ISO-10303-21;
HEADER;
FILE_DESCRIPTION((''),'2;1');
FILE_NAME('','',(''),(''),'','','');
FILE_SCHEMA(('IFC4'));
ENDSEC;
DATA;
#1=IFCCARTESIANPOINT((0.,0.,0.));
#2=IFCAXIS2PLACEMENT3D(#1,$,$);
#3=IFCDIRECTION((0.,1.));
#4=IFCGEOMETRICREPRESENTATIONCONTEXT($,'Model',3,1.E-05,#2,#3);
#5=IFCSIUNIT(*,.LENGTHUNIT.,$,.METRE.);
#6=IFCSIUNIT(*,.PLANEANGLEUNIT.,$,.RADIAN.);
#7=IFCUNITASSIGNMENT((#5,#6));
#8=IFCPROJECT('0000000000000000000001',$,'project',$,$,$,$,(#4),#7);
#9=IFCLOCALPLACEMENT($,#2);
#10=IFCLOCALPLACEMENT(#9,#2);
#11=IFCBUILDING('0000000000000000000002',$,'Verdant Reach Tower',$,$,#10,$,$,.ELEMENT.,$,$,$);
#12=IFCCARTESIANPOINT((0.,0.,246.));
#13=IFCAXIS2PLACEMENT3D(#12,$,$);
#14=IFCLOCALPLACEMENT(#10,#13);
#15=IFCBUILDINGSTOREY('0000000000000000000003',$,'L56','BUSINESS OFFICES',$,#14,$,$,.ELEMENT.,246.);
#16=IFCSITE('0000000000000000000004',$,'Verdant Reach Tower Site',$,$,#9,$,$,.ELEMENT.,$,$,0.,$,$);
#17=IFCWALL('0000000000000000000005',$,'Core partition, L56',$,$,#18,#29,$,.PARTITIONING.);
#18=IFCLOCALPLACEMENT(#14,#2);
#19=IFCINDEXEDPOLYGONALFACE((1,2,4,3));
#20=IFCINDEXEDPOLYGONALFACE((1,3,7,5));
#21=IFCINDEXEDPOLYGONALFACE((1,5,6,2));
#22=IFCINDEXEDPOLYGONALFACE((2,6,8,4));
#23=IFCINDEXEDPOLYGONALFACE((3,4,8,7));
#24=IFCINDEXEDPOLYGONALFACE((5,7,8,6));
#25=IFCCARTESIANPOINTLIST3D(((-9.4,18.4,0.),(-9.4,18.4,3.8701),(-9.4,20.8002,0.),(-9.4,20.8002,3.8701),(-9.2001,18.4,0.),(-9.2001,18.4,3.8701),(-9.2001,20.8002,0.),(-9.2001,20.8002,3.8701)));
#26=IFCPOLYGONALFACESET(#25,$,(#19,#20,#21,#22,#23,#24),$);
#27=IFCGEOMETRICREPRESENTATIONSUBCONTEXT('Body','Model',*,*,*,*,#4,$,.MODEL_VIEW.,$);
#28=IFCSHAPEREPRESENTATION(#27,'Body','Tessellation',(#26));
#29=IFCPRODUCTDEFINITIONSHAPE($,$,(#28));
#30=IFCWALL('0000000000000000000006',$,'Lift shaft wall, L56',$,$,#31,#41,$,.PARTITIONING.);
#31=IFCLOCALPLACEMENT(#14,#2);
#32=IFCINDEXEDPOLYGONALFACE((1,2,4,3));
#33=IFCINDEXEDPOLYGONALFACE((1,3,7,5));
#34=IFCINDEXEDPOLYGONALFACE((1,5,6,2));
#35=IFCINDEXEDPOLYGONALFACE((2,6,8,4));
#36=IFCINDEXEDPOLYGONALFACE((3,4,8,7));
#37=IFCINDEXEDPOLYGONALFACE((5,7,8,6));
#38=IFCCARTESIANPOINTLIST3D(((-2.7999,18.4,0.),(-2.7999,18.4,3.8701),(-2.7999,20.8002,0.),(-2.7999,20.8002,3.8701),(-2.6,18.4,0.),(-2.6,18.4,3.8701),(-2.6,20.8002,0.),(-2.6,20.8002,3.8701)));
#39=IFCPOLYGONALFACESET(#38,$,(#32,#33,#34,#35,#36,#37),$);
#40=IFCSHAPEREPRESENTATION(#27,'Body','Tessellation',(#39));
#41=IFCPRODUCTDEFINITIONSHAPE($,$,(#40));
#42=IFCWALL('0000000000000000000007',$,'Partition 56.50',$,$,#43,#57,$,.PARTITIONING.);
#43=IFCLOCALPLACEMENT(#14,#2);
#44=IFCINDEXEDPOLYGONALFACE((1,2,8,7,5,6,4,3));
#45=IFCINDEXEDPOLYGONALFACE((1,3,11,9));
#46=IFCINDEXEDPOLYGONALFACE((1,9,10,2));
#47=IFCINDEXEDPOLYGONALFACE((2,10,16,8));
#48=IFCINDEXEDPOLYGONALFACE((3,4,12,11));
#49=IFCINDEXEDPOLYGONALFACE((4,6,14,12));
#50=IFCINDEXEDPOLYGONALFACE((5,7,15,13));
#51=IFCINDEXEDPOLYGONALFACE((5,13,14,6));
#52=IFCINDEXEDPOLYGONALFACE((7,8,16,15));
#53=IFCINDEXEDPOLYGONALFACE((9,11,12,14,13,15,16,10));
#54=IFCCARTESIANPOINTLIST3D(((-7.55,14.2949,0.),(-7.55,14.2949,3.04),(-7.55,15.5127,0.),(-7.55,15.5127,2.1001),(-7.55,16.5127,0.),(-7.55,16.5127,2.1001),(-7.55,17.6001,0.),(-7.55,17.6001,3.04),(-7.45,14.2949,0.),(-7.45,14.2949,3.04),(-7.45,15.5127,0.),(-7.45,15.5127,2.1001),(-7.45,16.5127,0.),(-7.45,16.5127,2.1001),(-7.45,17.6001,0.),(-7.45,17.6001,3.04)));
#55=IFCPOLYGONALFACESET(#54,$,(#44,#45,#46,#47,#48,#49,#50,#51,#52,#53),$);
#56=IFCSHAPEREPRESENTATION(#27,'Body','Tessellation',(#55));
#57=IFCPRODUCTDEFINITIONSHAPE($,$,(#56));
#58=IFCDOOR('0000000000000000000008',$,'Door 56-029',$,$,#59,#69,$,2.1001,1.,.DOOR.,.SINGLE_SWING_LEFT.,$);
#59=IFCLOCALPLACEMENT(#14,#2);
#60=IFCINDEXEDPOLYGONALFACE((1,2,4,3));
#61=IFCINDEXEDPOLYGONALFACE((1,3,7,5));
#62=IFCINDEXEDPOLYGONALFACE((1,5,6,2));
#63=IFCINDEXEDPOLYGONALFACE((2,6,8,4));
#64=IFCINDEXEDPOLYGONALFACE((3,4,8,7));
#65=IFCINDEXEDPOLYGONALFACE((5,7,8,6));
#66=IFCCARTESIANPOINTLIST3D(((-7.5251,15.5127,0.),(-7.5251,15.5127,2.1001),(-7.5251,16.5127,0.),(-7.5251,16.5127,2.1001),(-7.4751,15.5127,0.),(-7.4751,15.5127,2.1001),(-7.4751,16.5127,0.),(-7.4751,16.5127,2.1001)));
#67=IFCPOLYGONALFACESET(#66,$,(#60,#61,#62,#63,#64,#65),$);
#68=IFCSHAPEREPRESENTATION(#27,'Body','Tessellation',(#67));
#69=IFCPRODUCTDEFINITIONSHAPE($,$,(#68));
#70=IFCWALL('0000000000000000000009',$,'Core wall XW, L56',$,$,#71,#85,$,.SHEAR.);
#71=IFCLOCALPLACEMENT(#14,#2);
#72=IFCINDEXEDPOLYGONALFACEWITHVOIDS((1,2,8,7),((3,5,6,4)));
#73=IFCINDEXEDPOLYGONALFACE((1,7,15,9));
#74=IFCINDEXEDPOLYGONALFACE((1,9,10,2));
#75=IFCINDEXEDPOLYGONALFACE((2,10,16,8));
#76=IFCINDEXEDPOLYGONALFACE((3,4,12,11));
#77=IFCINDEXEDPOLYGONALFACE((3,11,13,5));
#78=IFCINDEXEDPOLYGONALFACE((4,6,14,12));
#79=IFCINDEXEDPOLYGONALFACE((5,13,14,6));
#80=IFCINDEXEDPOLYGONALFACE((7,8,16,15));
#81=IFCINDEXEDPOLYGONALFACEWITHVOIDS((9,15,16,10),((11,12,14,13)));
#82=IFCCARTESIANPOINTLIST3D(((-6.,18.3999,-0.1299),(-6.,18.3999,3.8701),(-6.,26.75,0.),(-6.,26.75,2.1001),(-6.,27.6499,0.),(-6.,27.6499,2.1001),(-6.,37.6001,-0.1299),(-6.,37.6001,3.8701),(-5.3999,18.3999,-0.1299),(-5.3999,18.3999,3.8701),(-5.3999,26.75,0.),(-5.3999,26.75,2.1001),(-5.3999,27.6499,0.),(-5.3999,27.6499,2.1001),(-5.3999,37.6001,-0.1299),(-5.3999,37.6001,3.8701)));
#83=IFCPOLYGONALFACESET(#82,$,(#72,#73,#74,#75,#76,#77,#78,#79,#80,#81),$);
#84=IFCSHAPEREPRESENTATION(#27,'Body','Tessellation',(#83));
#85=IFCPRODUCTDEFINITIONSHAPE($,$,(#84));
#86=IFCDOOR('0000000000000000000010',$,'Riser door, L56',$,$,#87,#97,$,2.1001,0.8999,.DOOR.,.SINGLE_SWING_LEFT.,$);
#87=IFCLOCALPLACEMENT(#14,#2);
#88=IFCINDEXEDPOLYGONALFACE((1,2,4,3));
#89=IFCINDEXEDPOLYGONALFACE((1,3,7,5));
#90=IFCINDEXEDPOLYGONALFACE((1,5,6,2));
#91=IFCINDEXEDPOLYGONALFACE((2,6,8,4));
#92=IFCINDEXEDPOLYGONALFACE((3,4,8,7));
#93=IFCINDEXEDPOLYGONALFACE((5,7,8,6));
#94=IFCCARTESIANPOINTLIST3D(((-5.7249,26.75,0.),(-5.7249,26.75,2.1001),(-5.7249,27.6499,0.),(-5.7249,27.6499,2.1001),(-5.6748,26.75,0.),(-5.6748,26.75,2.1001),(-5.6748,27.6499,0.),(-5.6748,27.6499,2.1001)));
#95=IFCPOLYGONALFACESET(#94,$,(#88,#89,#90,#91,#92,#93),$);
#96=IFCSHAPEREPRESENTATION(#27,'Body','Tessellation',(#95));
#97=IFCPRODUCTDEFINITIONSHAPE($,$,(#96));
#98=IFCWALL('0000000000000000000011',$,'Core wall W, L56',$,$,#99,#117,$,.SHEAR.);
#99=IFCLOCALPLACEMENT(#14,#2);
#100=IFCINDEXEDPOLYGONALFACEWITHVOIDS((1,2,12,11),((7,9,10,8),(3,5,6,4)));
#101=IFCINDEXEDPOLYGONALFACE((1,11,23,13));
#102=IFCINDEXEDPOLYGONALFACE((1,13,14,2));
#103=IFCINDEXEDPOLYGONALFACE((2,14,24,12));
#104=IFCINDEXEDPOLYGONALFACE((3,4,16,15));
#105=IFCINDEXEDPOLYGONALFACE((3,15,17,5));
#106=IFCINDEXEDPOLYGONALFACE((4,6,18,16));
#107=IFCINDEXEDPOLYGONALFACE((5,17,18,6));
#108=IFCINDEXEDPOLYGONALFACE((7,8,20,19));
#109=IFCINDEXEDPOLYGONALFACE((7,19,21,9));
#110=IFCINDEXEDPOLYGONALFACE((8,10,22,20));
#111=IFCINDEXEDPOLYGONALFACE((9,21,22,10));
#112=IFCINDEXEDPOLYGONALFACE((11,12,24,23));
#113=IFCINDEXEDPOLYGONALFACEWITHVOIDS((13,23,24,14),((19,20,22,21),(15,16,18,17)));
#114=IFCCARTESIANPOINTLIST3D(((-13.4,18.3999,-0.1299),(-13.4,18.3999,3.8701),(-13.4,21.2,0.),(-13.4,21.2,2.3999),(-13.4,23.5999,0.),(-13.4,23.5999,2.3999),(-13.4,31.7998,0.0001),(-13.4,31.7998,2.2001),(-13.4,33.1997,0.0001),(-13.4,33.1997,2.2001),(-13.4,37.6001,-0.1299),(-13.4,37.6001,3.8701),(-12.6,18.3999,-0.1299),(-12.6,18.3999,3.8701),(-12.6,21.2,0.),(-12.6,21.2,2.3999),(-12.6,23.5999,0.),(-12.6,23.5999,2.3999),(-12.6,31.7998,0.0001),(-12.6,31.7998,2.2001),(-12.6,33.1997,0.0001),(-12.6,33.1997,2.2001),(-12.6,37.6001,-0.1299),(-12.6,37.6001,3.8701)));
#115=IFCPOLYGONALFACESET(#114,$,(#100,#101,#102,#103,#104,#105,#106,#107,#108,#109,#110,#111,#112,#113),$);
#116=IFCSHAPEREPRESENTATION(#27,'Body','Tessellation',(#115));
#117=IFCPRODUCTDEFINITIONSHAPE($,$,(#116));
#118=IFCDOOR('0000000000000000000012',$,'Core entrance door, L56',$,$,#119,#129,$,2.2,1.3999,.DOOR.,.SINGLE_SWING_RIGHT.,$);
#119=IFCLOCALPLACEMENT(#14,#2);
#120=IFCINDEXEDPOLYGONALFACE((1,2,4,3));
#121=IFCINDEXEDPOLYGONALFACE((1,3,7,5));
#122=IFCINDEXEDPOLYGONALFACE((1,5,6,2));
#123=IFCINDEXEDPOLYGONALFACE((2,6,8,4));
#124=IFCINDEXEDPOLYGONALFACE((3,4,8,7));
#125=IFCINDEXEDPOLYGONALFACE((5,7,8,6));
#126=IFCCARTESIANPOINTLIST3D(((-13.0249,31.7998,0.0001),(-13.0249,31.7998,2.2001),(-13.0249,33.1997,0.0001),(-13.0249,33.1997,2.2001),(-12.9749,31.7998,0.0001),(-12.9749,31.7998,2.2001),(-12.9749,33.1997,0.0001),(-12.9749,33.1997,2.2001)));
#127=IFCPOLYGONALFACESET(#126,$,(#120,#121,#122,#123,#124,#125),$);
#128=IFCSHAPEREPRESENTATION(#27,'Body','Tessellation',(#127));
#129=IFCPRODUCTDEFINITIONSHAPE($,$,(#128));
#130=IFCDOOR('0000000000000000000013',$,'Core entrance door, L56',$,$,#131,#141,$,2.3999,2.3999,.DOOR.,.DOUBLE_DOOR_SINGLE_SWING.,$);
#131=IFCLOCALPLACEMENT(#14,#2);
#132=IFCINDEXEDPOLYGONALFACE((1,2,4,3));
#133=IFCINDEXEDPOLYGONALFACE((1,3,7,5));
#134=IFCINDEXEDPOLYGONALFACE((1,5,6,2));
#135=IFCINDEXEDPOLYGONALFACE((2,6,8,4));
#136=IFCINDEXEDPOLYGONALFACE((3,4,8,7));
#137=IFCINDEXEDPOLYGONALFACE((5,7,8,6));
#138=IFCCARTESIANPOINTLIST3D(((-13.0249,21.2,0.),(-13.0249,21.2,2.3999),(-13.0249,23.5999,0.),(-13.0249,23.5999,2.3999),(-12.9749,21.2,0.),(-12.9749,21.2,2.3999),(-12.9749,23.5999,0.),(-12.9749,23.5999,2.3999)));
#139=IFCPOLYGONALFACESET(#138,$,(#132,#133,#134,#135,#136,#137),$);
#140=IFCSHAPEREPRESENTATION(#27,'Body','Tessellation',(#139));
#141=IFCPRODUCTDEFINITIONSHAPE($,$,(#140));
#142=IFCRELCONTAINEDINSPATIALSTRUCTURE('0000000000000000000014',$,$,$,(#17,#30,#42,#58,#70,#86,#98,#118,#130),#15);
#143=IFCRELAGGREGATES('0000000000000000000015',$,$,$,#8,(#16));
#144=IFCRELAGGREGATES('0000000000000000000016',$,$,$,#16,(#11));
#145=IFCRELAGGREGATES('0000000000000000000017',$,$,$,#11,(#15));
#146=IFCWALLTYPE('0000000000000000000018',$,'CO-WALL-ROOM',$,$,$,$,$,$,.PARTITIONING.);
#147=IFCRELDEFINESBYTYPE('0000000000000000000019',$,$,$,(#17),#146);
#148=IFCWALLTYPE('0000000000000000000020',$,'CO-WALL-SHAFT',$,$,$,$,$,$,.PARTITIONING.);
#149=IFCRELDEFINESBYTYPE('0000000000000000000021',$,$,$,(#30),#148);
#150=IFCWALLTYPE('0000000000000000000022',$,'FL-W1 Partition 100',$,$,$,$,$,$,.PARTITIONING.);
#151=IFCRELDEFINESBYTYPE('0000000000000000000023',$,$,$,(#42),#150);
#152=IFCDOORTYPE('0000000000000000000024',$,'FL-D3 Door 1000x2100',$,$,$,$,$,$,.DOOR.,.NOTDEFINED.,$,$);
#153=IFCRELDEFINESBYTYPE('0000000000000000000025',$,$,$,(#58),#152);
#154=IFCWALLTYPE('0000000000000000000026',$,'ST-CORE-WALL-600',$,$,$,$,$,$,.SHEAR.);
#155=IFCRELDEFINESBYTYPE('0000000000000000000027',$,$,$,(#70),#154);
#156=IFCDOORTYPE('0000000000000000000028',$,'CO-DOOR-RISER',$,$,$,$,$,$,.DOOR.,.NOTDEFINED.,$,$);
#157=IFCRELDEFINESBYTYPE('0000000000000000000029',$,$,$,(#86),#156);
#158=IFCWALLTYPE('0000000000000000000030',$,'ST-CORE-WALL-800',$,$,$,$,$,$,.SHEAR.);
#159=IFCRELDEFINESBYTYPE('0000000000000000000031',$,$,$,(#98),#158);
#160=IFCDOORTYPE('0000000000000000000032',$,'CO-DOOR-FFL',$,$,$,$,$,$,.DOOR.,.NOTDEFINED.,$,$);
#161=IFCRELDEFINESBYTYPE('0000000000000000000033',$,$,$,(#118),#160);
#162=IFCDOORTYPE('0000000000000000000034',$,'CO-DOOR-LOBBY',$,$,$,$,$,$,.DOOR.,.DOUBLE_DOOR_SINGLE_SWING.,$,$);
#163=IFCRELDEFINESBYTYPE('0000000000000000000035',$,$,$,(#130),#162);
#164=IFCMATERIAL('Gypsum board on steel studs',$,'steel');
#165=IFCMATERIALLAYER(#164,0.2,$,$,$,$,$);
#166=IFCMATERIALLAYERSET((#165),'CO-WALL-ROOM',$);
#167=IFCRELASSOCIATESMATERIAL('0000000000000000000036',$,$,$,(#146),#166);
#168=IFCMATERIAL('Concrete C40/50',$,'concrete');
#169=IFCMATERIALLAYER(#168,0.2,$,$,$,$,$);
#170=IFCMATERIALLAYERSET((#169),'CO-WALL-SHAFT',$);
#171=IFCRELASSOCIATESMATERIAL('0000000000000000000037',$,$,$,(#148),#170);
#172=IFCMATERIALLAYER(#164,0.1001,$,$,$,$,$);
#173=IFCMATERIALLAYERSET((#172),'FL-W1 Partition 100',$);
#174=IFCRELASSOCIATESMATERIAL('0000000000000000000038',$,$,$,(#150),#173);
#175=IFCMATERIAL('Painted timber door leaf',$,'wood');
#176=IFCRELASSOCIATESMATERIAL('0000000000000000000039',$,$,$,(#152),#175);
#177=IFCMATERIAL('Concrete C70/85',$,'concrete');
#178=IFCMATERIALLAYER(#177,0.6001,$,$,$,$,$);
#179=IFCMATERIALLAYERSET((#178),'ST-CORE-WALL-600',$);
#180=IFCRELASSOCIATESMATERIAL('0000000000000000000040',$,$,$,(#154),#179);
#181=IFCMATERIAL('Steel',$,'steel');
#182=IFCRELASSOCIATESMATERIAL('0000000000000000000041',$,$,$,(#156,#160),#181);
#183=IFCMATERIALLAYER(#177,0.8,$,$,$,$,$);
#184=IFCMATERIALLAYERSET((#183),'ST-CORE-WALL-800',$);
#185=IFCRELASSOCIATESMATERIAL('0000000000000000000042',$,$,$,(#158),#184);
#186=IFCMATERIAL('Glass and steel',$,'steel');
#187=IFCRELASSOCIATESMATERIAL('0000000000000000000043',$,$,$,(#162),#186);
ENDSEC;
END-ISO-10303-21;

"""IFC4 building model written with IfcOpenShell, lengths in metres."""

from ifc_helpers import new_model, si_unit, direction, frame, frame_2d, origin, place, context, subcontext, project, spatial, rectangle, extrude, material, layer, layer_set, type_object, element, fill, save


model = new_model("IFC4")

# Units and contexts
model_context = context("Model", 3, precision=1e-05, world=origin(), true_north=direction((0.0, 1.0)))
body_context = subcontext(model_context, "Body", "Model", "MODEL_VIEW")
ifc_project = project(units=[si_unit("LENGTHUNIT", "METRE"), si_unit("PLANEANGLEUNIT", "RADIAN")], contexts=[model_context])

# Site, building, storey
site_placement = place(None, origin())
site = spatial("IfcSite", under=ifc_project, at=site_placement, Name="Verdant Reach Tower Site", CompositionType="ELEMENT", RefElevation=0.0)
building_placement = place(site_placement, origin())
building = spatial("IfcBuilding", under=site, at=building_placement, Name="Verdant Reach Tower", CompositionType="ELEMENT")
storey_placement = place(building_placement, frame((0.0, 0.0, 246.0)))
storey = spatial("IfcBuildingStorey", under=building, at=storey_placement, Name="L56", Description="BUSINESS OFFICES", CompositionType="ELEMENT", Elevation=246.0)

# Shared definitions
ifc_material_1 = material(Name="Gypsum board on steel studs", Category="steel")
ifc_layer_1 = layer(ifc_material_1, 0.2)
ifc_layer_set_1 = layer_set([ifc_layer_1], Name="CO-WALL-ROOM")
wall_type_1 = type_object("IfcWallType", Name="CO-WALL-ROOM", PredefinedType="PARTITIONING", material=ifc_layer_set_1)

# Walls
wall_1_placement = place(storey_placement, frame((-9.3, 18.3999, 0.0), z_axis=(0.0, 0.0, 1.0), x_axis=(0.0, 1.0, 0.0)))
element("IfcWall", 1, at=wall_1_placement, inside=storey, type_object=wall_type_1, Name="Core partition, L56", PredefinedType="PARTITIONING", context=body_context, shape_type="SweptSolid", body=[
    extrude(rectangle(XDim=2.4001, YDim=0.2, at=frame_2d((1.2002, 0.0))), origin(), (0.0, 0.0, 1.0), 3.8701),
])
ifc_material_2 = material(Name="Concrete C40/50", Category="concrete")
ifc_layer_2 = layer(ifc_material_2, 0.2)
ifc_layer_set_2 = layer_set([ifc_layer_2], Name="CO-WALL-SHAFT")
wall_type_2 = type_object("IfcWallType", Name="CO-WALL-SHAFT", PredefinedType="PARTITIONING", material=ifc_layer_set_2)
wall_2_placement = place(storey_placement, frame((-2.7, 18.3999, 0.0), z_axis=(0.0, 0.0, 1.0), x_axis=(0.0, 1.0, 0.0)))
element("IfcWall", 2, at=wall_2_placement, inside=storey, type_object=wall_type_2, Name="Lift shaft wall, L56", PredefinedType="PARTITIONING", context=body_context, shape_type="SweptSolid", body=[
    extrude(rectangle(XDim=2.4001, YDim=0.2, at=frame_2d((1.2002, 0.0))), origin(), (0.0, 0.0, 1.0), 3.8701),
])

# Walls, openings, doors
ifc_layer_3 = layer(ifc_material_1, 0.1001)
ifc_layer_set_3 = layer_set([ifc_layer_3], Name="FL-W1 Partition 100")
wall_type_3 = type_object("IfcWallType", Name="FL-W1 Partition 100", PredefinedType="PARTITIONING", material=ifc_layer_set_3)
wall_3_placement = place(storey_placement, frame((-7.5, 17.6001, 0.0), z_axis=(0.0, 0.0, 1.0), x_axis=(0.0, -1.0, 0.0)))
wall_3 = element("IfcWall", 3, at=wall_3_placement, inside=storey, type_object=wall_type_3, Name="Partition 56.50", PredefinedType="PARTITIONING", context=body_context, shape_type="SweptSolid", body=[
    extrude(rectangle(XDim=3.3052, YDim=0.1001, at=frame_2d((1.6526, 0.0))), origin(), (0.0, 0.0, 1.0), 3.04),
])
opening_1_placement = place(wall_3_placement, frame((1.0874, 0.0, 0.0)))
opening_1 = element("IfcOpeningElement", 4, at=opening_1_placement, cuts=wall_3, PredefinedType="OPENING", context=body_context, shape_type="SweptSolid", body=[
    extrude(rectangle(XDim=1.0, YDim=2.1001, at=frame_2d((0.5, 1.05))), frame((0.0, 0.0601, 0.0), z_axis=(0.0, -1.0, 0.0), x_axis=(1.0, 0.0, 0.0)), (0.0, 0.0, 1.0), 0.1201),
])
ifc_material_3 = material(Name="Painted timber door leaf", Category="wood")
door_type_1 = type_object("IfcDoorType", Name="FL-D3 Door 1000x2100", OperationType="NOTDEFINED", PredefinedType="DOOR", material=ifc_material_3)
door_1_placement = place(opening_1_placement, origin())
door_1 = element("IfcDoor", 5, at=door_1_placement, inside=storey, type_object=door_type_1, Name="Door 56-029", OperationType="SINGLE_SWING_LEFT", OverallHeight=2.1001, OverallWidth=1.0, PredefinedType="DOOR", context=body_context, shape_type="SweptSolid", body=[
    extrude(rectangle(XDim=1.0, YDim=2.1001, at=frame_2d((0.5, 1.05))), frame((0.0, 0.0249, 0.0), z_axis=(0.0, -1.0, 0.0), x_axis=(1.0, 0.0, 0.0)), (0.0, 0.0, 1.0), 0.05),
])
fill(opening_1, door_1)
ifc_material_4 = material(Name="Concrete C70/85", Category="concrete")
ifc_layer_4 = layer(ifc_material_4, 0.6001)
ifc_layer_set_4 = layer_set([ifc_layer_4], Name="ST-CORE-WALL-600")
wall_type_4 = type_object("IfcWallType", Name="ST-CORE-WALL-600", PredefinedType="SHEAR", material=ifc_layer_set_4)
wall_4_placement = place(storey_placement, frame((-5.7, 18.3999, -0.1299), z_axis=(0.0, 0.0, 1.0), x_axis=(0.0, 1.0, 0.0)))
wall_4 = element("IfcWall", 6, at=wall_4_placement, inside=storey, type_object=wall_type_4, Name="Core wall XW, L56", PredefinedType="SHEAR", context=body_context, shape_type="SweptSolid", body=[
    extrude(rectangle(XDim=19.2002, YDim=0.6001, at=frame_2d((9.6001, 0.0))), origin(), (0.0, 0.0, 1.0), 4.0),
])
opening_2_placement = place(wall_4_placement, frame((8.3501, 0.0, 0.1299)))
opening_2 = element("IfcOpeningElement", 7, at=opening_2_placement, cuts=wall_4, PredefinedType="OPENING", context=body_context, shape_type="SweptSolid", body=[
    extrude(rectangle(XDim=0.8999, YDim=2.1001, at=frame_2d((0.45, 1.05))), frame((0.0, 0.3101, 0.0), z_axis=(0.0, -1.0, 0.0), x_axis=(1.0, 0.0, 0.0)), (0.0, 0.0, 1.0), 0.6201),
])
ifc_material_5 = material(Name="Steel", Category="steel")
door_type_2 = type_object("IfcDoorType", Name="CO-DOOR-RISER", OperationType="NOTDEFINED", PredefinedType="DOOR", material=ifc_material_5)
door_2_placement = place(opening_2_placement, origin())
door_2 = element("IfcDoor", 8, at=door_2_placement, inside=storey, type_object=door_type_2, Name="Riser door, L56", OperationType="SINGLE_SWING_LEFT", OverallHeight=2.1001, OverallWidth=0.8999, PredefinedType="DOOR", context=body_context, shape_type="SweptSolid", body=[
    extrude(rectangle(XDim=0.8999, YDim=2.1001, at=frame_2d((0.45, 1.05))), frame((0.0, 0.0249, 0.0), z_axis=(0.0, -1.0, 0.0), x_axis=(1.0, 0.0, 0.0)), (0.0, 0.0, 1.0), 0.05),
])
fill(opening_2, door_2)

# Wall, openings, doors
ifc_layer_5 = layer(ifc_material_4, 0.8)
ifc_layer_set_5 = layer_set([ifc_layer_5], Name="ST-CORE-WALL-800")
wall_type_5 = type_object("IfcWallType", Name="ST-CORE-WALL-800", PredefinedType="SHEAR", material=ifc_layer_set_5)
wall_5_placement = place(storey_placement, frame((-13.0, 18.3999, -0.1299), z_axis=(0.0, 0.0, 1.0), x_axis=(0.0, 1.0, 0.0)))
wall_5 = element("IfcWall", 9, at=wall_5_placement, inside=storey, type_object=wall_type_5, Name="Core wall W, L56", PredefinedType="SHEAR", context=body_context, shape_type="SweptSolid", body=[
    extrude(rectangle(XDim=19.2002, YDim=0.8, at=frame_2d((9.6001, 0.0))), origin(), (0.0, 0.0, 1.0), 4.0),
])
opening_3_placement = place(wall_5_placement, frame((2.8, 0.0, 0.1299)))
opening_3 = element("IfcOpeningElement", 10, at=opening_3_placement, cuts=wall_5, PredefinedType="OPENING", context=body_context, shape_type="SweptSolid", body=[
    extrude(rectangle(XDim=2.3999, YDim=2.3999, at=frame_2d((1.2, 1.2))), frame((0.0, 0.4099, 0.0), z_axis=(0.0, -1.0, 0.0), x_axis=(1.0, 0.0, 0.0)), (0.0, 0.0, 1.0), 0.8201),
])
opening_4_placement = place(wall_5_placement, frame((13.3999, 0.0, 0.1299)))
opening_4 = element("IfcOpeningElement", 11, at=opening_4_placement, cuts=wall_5, PredefinedType="OPENING", context=body_context, shape_type="SweptSolid", body=[
    extrude(rectangle(XDim=1.3999, YDim=2.2, at=frame_2d((0.7, 1.1001))), frame((0.0, 0.4099, 0.0), z_axis=(0.0, -1.0, 0.0), x_axis=(1.0, 0.0, 0.0)), (0.0, 0.0, 1.0), 0.8201),
])
door_type_3 = type_object("IfcDoorType", Name="CO-DOOR-FFL", OperationType="NOTDEFINED", PredefinedType="DOOR", material=ifc_material_5)
door_3_placement = place(opening_4_placement, origin())
door_3 = element("IfcDoor", 12, at=door_3_placement, inside=storey, type_object=door_type_3, Name="Core entrance door, L56", OperationType="SINGLE_SWING_RIGHT", OverallHeight=2.2, OverallWidth=1.3999, PredefinedType="DOOR", context=body_context, shape_type="SweptSolid", body=[
    extrude(rectangle(XDim=1.3999, YDim=2.2, at=frame_2d((0.7, 1.1001))), frame((0.0, 0.0249, 0.0), z_axis=(0.0, -1.0, 0.0), x_axis=(1.0, 0.0, 0.0)), (0.0, 0.0, 1.0), 0.05),
])
fill(opening_4, door_3)
ifc_material_6 = material(Name="Glass and steel", Category="steel")
door_type_4 = type_object("IfcDoorType", Name="CO-DOOR-LOBBY", OperationType="DOUBLE_DOOR_SINGLE_SWING", PredefinedType="DOOR", material=ifc_material_6)
door_4_placement = place(opening_3_placement, origin())
door_4 = element("IfcDoor", 13, at=door_4_placement, inside=storey, type_object=door_type_4, Name="Core entrance door, L56", OperationType="DOUBLE_DOOR_SINGLE_SWING", OverallHeight=2.3999, OverallWidth=2.3999, PredefinedType="DOOR", context=body_context, shape_type="SweptSolid", body=[
    extrude(rectangle(XDim=2.3999, YDim=2.3999, at=frame_2d((1.2, 1.2))), frame((0.0, 0.0249, 0.0), z_axis=(0.0, -1.0, 0.0), x_axis=(1.0, 0.0, 0.0)), (0.0, 0.0, 1.0), 0.05),
])
fill(opening_3, door_4)

save(model, "model.ifc")
